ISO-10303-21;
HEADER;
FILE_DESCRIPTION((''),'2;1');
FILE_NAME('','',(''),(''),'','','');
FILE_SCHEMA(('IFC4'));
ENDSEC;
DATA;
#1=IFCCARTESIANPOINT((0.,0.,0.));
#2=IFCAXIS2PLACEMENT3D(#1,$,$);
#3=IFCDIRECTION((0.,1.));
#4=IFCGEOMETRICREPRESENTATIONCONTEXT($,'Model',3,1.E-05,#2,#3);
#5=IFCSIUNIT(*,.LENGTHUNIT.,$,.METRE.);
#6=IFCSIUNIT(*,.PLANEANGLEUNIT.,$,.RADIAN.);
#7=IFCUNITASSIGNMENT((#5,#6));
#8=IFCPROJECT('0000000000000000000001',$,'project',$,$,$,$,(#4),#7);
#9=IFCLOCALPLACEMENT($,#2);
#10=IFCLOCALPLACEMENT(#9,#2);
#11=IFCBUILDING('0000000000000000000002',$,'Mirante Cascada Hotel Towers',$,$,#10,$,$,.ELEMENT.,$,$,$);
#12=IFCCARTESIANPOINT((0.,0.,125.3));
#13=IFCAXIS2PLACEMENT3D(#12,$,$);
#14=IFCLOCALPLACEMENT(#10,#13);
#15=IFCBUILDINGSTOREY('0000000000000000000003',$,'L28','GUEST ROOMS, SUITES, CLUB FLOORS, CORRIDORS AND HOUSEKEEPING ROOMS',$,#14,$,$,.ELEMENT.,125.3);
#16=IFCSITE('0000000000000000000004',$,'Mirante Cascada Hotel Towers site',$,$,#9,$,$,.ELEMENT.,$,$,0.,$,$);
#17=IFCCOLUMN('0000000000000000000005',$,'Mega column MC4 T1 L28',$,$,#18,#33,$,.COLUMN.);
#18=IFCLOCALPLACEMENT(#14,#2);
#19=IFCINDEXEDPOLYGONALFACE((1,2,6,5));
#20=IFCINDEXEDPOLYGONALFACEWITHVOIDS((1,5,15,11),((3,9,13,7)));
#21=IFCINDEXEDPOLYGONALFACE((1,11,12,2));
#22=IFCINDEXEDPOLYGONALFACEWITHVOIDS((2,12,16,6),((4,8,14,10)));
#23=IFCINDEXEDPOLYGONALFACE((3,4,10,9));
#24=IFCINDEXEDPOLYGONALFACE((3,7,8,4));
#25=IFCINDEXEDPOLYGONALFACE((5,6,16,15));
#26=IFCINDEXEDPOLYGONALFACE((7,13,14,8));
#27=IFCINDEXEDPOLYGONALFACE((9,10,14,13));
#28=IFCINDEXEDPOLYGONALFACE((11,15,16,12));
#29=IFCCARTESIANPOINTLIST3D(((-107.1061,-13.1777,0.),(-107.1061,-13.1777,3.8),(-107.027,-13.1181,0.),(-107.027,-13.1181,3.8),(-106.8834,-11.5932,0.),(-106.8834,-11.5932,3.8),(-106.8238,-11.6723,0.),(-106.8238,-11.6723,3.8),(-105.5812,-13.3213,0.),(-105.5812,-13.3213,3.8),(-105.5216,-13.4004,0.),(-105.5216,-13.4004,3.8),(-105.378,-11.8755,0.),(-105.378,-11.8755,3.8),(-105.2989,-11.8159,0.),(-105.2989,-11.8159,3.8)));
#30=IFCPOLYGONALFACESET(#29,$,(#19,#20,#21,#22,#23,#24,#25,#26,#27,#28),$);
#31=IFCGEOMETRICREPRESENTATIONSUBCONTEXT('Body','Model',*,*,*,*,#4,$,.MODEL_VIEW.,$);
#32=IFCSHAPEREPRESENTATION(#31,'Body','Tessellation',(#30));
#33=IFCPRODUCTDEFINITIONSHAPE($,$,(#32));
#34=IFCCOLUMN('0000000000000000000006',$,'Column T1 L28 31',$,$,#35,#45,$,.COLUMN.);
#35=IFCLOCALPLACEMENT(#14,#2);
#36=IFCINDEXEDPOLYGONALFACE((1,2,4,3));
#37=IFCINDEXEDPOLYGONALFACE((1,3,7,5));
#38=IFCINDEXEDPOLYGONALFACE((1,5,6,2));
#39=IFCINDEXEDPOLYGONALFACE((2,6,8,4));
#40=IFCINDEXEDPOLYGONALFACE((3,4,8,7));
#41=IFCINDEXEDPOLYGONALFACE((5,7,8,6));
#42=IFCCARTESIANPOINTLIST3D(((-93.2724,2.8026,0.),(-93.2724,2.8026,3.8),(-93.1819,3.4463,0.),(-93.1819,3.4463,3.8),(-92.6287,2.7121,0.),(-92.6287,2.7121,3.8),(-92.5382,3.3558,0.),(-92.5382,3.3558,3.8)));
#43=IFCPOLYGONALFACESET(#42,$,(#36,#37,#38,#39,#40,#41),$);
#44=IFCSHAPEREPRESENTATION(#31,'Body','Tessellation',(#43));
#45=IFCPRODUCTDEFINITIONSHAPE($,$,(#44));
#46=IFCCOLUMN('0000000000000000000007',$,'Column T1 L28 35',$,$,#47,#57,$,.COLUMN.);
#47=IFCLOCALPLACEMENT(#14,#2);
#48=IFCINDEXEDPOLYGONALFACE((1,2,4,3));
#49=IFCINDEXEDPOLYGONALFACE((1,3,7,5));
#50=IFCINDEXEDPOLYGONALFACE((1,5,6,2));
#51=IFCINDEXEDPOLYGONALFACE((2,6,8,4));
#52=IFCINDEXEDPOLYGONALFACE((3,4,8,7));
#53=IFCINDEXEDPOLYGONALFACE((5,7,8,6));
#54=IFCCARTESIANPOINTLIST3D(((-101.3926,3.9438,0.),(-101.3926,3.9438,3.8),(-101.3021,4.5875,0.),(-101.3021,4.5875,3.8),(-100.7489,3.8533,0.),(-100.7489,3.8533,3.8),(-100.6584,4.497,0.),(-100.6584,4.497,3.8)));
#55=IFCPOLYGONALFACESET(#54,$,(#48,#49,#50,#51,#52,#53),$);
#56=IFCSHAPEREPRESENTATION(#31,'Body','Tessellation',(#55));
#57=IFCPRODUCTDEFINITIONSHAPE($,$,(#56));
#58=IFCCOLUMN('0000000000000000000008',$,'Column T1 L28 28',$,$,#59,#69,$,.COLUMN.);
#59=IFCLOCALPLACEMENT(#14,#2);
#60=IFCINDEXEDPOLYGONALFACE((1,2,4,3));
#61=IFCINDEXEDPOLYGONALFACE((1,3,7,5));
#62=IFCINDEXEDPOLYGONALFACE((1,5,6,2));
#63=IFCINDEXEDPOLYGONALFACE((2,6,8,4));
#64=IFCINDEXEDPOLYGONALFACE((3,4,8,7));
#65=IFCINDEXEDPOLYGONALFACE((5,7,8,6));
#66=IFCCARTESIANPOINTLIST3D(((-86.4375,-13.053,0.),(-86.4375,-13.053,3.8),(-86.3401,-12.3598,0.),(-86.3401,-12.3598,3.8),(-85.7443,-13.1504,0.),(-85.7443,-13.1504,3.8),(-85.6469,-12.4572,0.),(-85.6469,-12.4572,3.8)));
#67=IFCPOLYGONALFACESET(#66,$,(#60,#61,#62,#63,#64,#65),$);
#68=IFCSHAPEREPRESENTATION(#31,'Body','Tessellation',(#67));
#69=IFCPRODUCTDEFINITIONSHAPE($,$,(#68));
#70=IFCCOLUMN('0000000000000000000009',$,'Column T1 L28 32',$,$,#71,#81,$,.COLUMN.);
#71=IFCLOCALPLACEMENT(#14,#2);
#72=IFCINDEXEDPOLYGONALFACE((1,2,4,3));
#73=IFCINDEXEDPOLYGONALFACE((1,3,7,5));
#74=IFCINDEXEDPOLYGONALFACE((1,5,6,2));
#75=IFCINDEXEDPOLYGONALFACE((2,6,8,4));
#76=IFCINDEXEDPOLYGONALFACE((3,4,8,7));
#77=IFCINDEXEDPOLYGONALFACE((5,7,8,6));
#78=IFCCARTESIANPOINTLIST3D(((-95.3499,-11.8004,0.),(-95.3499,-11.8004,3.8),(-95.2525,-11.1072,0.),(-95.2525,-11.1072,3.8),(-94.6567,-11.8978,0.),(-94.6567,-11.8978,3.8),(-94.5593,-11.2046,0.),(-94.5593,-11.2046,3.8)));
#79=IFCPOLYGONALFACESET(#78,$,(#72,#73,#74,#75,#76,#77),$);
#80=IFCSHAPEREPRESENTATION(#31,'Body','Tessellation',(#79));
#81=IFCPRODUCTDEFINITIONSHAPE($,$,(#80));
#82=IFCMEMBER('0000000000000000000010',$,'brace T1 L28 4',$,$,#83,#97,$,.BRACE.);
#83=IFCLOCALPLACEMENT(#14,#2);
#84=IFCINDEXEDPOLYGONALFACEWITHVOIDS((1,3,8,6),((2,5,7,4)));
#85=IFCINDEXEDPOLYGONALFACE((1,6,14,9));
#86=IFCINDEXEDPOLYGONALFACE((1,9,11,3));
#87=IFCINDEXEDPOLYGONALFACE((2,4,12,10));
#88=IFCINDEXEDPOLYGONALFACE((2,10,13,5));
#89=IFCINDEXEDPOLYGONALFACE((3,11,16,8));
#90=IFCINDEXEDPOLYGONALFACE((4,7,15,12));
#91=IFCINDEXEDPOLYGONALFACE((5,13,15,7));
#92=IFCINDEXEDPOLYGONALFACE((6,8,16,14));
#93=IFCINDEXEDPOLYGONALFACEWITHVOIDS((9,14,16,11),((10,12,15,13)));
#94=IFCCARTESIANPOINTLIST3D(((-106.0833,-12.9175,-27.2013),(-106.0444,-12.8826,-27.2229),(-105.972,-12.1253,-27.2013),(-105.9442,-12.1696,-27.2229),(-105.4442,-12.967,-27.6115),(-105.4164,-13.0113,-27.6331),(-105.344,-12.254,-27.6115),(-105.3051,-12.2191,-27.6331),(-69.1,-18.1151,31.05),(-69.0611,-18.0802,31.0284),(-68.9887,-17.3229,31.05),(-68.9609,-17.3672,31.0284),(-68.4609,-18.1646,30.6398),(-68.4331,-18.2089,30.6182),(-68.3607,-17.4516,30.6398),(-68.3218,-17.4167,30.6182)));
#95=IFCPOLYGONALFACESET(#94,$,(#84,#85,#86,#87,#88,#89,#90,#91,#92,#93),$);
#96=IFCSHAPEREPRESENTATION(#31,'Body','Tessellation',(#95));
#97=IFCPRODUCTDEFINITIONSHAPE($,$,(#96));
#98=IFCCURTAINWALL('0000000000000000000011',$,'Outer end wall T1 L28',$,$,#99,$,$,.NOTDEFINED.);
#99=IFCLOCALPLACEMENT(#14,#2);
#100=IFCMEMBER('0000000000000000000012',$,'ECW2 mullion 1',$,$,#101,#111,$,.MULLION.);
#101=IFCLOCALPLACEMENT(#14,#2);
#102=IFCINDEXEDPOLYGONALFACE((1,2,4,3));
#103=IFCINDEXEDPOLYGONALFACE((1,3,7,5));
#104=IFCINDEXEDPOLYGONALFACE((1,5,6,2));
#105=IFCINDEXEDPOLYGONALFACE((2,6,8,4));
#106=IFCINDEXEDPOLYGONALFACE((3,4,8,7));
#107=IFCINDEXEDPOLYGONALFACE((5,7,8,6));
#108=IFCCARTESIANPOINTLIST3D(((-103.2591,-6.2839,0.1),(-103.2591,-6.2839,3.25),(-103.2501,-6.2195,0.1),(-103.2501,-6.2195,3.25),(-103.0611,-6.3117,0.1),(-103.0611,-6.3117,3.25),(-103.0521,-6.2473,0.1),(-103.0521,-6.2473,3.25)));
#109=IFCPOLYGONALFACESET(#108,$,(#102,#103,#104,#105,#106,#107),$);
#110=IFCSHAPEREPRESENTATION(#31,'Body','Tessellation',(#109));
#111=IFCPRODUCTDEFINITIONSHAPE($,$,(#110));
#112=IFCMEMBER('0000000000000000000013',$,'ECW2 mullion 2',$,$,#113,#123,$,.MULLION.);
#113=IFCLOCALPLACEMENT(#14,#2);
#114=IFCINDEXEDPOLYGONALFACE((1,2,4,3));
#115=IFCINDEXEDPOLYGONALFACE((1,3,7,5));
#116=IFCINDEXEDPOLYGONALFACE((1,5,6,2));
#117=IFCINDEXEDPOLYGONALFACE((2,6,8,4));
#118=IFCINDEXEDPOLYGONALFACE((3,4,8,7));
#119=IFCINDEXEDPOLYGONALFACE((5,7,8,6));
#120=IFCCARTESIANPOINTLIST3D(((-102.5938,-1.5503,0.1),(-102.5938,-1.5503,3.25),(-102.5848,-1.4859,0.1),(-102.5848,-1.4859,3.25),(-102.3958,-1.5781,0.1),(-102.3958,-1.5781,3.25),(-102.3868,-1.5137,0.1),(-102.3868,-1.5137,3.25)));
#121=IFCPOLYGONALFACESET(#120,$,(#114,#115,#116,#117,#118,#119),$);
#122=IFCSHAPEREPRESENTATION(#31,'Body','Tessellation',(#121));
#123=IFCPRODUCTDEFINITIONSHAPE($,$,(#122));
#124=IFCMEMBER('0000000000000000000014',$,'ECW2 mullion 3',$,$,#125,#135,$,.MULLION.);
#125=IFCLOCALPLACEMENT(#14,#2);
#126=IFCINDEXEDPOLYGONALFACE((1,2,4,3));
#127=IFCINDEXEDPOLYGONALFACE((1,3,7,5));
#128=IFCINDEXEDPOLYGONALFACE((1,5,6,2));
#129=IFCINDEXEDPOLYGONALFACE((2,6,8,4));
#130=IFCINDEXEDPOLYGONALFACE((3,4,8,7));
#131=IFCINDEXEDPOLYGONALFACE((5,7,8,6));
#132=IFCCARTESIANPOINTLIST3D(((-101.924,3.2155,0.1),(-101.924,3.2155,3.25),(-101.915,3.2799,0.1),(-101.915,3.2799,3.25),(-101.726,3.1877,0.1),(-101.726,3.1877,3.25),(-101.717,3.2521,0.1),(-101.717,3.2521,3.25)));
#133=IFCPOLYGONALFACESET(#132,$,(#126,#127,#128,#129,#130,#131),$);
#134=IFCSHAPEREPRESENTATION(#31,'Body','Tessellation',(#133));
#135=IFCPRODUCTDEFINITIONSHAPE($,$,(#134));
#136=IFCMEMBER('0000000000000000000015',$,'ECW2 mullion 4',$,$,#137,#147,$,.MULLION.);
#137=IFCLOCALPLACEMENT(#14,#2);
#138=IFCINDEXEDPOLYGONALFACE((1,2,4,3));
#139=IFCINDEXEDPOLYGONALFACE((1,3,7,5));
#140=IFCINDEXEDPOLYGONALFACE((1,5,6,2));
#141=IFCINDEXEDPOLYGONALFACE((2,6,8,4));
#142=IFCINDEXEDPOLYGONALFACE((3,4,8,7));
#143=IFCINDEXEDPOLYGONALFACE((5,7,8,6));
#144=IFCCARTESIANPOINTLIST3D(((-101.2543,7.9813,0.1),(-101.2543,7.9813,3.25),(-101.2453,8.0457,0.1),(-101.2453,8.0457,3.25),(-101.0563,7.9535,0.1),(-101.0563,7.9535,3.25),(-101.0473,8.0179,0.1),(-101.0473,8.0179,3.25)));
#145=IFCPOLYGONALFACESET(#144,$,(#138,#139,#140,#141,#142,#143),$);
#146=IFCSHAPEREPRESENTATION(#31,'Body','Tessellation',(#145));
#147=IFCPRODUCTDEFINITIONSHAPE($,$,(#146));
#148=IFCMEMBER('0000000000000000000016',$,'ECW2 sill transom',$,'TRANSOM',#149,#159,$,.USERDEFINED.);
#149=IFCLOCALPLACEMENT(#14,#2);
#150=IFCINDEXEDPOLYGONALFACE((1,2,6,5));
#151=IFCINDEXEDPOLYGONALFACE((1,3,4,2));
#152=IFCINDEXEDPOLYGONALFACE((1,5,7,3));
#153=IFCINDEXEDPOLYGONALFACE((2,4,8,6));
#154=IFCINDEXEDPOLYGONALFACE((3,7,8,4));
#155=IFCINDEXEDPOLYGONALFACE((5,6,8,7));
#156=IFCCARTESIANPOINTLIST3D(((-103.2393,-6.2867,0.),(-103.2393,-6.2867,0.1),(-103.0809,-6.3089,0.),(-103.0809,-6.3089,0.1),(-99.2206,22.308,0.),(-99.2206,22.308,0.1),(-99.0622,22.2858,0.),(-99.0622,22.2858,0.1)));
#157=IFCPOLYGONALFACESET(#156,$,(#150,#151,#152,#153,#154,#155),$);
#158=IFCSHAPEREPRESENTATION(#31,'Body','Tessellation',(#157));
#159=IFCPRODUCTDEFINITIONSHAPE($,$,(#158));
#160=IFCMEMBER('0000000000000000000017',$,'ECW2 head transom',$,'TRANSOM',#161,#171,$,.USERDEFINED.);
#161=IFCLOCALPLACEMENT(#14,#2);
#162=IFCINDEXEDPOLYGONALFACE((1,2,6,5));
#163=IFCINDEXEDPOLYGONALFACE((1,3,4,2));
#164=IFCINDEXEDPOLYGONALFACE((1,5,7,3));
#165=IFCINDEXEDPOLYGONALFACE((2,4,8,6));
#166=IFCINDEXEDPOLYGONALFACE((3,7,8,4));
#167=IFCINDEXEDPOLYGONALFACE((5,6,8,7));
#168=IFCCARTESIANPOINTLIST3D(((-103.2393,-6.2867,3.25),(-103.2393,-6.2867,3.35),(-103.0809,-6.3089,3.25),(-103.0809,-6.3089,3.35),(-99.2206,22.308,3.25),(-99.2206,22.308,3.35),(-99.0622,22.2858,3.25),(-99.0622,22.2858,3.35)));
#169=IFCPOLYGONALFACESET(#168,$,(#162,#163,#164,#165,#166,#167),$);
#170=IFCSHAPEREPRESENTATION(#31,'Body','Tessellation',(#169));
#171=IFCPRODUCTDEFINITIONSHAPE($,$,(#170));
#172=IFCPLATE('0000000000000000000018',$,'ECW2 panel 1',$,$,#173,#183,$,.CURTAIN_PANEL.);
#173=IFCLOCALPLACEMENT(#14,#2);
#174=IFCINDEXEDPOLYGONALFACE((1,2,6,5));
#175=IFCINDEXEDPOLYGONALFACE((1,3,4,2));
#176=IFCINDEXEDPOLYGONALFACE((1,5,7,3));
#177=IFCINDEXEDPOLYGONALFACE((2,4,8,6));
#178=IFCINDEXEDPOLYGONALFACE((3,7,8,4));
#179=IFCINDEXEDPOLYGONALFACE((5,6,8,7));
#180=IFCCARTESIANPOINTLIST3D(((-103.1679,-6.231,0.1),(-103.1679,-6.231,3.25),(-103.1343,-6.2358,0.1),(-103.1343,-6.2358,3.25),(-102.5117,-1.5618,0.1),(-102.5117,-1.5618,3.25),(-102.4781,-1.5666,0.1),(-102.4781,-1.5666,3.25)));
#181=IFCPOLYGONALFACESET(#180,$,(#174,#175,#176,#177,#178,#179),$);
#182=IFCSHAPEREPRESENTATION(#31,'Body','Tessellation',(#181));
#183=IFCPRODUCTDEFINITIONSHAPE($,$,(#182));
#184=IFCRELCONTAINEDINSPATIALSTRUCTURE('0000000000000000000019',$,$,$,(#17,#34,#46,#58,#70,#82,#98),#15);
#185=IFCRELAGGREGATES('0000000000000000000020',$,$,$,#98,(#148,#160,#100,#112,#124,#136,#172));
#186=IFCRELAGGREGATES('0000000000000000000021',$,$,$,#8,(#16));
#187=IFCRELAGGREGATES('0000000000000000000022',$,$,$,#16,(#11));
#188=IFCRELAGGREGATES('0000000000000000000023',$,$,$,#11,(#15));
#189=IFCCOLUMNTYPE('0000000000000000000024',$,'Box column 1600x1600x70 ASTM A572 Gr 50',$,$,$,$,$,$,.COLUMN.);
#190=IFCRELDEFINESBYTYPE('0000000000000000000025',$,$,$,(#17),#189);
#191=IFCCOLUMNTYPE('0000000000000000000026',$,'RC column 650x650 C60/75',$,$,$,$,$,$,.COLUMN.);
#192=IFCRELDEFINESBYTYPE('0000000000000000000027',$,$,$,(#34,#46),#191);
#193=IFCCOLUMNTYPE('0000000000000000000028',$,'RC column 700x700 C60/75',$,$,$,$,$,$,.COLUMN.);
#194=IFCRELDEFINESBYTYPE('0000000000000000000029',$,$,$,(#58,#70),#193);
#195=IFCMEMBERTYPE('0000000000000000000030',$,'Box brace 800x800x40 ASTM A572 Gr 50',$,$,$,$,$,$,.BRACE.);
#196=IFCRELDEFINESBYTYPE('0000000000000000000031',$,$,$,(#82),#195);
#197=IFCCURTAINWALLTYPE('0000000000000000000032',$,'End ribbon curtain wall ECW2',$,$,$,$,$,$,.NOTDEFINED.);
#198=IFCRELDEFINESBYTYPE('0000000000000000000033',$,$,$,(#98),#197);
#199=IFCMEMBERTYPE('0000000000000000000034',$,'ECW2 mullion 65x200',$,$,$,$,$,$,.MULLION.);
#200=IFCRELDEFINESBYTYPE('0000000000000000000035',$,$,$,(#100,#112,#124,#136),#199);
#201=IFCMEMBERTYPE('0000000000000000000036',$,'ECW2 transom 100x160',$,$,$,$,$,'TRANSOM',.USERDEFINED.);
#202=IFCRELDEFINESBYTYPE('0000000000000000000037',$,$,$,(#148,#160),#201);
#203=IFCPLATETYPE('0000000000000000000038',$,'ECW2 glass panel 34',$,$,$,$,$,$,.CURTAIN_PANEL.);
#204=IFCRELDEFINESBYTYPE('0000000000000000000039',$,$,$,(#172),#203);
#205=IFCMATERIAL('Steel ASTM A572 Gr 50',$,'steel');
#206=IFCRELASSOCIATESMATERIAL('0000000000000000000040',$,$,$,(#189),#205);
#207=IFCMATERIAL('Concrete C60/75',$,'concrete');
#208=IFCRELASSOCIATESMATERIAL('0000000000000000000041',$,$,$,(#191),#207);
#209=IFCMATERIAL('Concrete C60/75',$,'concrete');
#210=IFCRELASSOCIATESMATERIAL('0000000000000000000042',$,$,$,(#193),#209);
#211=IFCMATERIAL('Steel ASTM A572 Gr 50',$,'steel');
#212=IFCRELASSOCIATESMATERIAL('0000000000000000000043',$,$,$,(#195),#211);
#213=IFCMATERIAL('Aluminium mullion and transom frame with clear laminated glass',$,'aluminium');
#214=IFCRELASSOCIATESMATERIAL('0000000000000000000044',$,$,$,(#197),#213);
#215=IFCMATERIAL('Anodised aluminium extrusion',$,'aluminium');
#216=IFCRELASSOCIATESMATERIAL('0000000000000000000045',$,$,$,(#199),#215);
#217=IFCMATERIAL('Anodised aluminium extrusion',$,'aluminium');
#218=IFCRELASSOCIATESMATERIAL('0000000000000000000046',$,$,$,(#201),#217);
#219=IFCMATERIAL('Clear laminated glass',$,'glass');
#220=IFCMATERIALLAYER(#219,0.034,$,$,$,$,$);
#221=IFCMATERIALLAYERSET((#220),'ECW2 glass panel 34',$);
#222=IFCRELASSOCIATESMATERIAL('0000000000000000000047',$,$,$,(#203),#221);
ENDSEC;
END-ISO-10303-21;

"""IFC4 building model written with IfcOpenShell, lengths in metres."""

from ifc_helpers import new_model, si_unit, direction, frame, origin, origin_2d, place, context, subcontext, project, spatial, rectangle, hollow_rectangle, extrude, material, layer, layer_set, material_profile, profile_set, type_object, element, aggregate, save


model = new_model("IFC4")

# Units and contexts
model_context = context("Model", 3, precision=1e-05, world=origin(), true_north=direction((0.0, 1.0)))
body_context = subcontext(model_context, "Body", "Model", "MODEL_VIEW")
ifc_project = project(units=[si_unit("LENGTHUNIT", "METRE"), si_unit("PLANEANGLEUNIT", "RADIAN")], contexts=[model_context])

# Site, building, storey
site_placement = place(None, origin())
site = spatial("IfcSite", under=ifc_project, at=site_placement, Name="Mirante Cascada Hotel Towers site", CompositionType="ELEMENT", RefElevation=0.0)
building_placement = place(site_placement, origin())
building = spatial("IfcBuilding", under=site, at=building_placement, Name="Mirante Cascada Hotel Towers", CompositionType="ELEMENT")
storey_placement = place(building_placement, frame((0.0, 0.0, 125.3)))
storey = spatial("IfcBuildingStorey", under=building, at=storey_placement, Name="L28", Description="GUEST ROOMS, SUITES, CLUB FLOORS, CORRIDORS AND HOUSEKEEPING ROOMS", CompositionType="ELEMENT", Elevation=125.3)

# Columns
ifc_material_1 = material(Name="Steel ASTM A572 Gr 50", Category="steel")
ifc_material_profile_1 = material_profile(ifc_material_1, hollow_rectangle(XDim=1.6, YDim=1.6, WallThickness=0.07, at=origin_2d()), Name="Box column 1600x1600x70 ASTM A572 Gr 50")
ifc_profile_set_1 = profile_set([ifc_material_profile_1], Name="Steel ASTM A572 Gr 50")
column_type_1 = type_object("IfcColumnType", Name="Box column 1600x1600x70 ASTM A572 Gr 50", PredefinedType="COLUMN", material=ifc_profile_set_1)
column_placement = place(storey_placement, frame((-106.2025, -12.4968, 0.0), z_axis=(0.0, 0.0, 1.0), x_axis=(-0.990268, 0.139173, 0.0)))
element("IfcColumn", 1, at=column_placement, inside=storey, type_object=column_type_1, Name="Mega column MC4 T1 L28", PredefinedType="COLUMN", context=body_context, shape_type="SweptSolid", body=[
    extrude(hollow_rectangle(XDim=1.6, YDim=1.6, WallThickness=0.07, at=origin_2d()), origin(), (0.0, 0.0, 1.0), 3.8),
])
ifc_material_2 = material(Name="Concrete C60/75", Category="concrete")
ifc_material_profile_2 = material_profile(ifc_material_2, rectangle(XDim=0.65, YDim=0.65, at=origin_2d()), Name="RC column 650x650 C60/75")
ifc_profile_set_2 = profile_set([ifc_material_profile_2], Name="Concrete C60/75")
column_type_2 = type_object("IfcColumnType", Name="RC column 650x650 C60/75", PredefinedType="COLUMN", material=ifc_profile_set_2)
for number, where, z_axis, x_axis, name in (
    (2, (-92.9053, 3.0792, 0.0), (0.0, 0.0, 1.0), (-0.990268, 0.139173, 0.0), "Column T1 L28 31"),
    (3, (-101.0255, 4.2204, 0.0), (0.0, 0.0, 1.0), (-0.990268, 0.139173, 0.0), "Column T1 L28 35"),
):
    element("IfcColumn", number, at=place(storey_placement, frame(where, z_axis=z_axis, x_axis=x_axis)), inside=storey, type_object=column_type_2, Name=name, PredefinedType="COLUMN", context=body_context, shape_type="SweptSolid", body=[
        extrude(rectangle(XDim=0.65, YDim=0.65, at=origin_2d()), origin(), (0.0, 0.0, 1.0), 3.8),
    ])
ifc_material_3 = material(Name="Concrete C60/75", Category="concrete")
ifc_material_profile_3 = material_profile(ifc_material_3, rectangle(XDim=0.7, YDim=0.7, at=origin_2d()), Name="RC column 700x700 C60/75")
ifc_profile_set_3 = profile_set([ifc_material_profile_3], Name="Concrete C60/75")
column_type_3 = type_object("IfcColumnType", Name="RC column 700x700 C60/75", PredefinedType="COLUMN", material=ifc_profile_set_3)
for number, where, z_axis, x_axis, name in (
    (4, (-86.0422, -12.7551, 0.0), (0.0, 0.0, 1.0), (-0.990268, 0.139173, 0.0), "Column T1 L28 28"),
    (5, (-94.9546, -11.5025, 0.0), (0.0, 0.0, 1.0), (-0.990268, 0.139173, 0.0), "Column T1 L28 32"),
):
    element("IfcColumn", number, at=place(storey_placement, frame(where, z_axis=z_axis, x_axis=x_axis)), inside=storey, type_object=column_type_3, Name=name, PredefinedType="COLUMN", context=body_context, shape_type="SweptSolid", body=[
        extrude(rectangle(XDim=0.7, YDim=0.7, at=origin_2d()), origin(), (0.0, 0.0, 1.0), 3.8),
    ])

# Member
ifc_material_4 = material(Name="Steel ASTM A572 Gr 50", Category="steel")
ifc_material_profile_4 = material_profile(ifc_material_4, hollow_rectangle(XDim=0.8, YDim=0.8, WallThickness=0.04, at=origin_2d()), Name="Box brace 800x800x40 ASTM A572 Gr 50")
ifc_profile_set_4 = profile_set([ifc_material_profile_4], Name="Steel ASTM A572 Gr 50")
member_type_1 = type_object("IfcMemberType", Name="Box brace 800x800x40 ASTM A572 Gr 50", PredefinedType="BRACE", material=ifc_profile_set_4)
member_1_placement = place(storey_placement, frame((-105.6942, -12.5683, -27.4172), z_axis=(0.534477, -0.075115, 0.841839), x_axis=(0.139171, 0.990268, 0.0)))
element("IfcMember", 6, at=member_1_placement, inside=storey, type_object=member_type_1, Name="brace T1 L28 4", PredefinedType="BRACE", context=body_context, shape_type="SweptSolid", body=[
    extrude(hollow_rectangle(XDim=0.8, YDim=0.8, WallThickness=0.04, at=origin_2d()), origin(), (0.0, 0.0, 1.0), 69.1953),
])

# Curtain wall, members, plate
ifc_material_5 = material(Name="Aluminium mullion and transom frame with clear laminated glass", Category="aluminium")
curtain_wall_type = type_object("IfcCurtainWallType", Name="End ribbon curtain wall ECW2", PredefinedType="NOTDEFINED", material=ifc_material_5)
curtain_wall_placement = place(storey_placement, origin())
curtain_wall = element("IfcCurtainWall", 7, at=curtain_wall_placement, inside=storey, type_object=curtain_wall_type, Name="Outer end wall T1 L28", PredefinedType="NOTDEFINED")
ifc_material_6 = material(Name="Anodised aluminium extrusion", Category="aluminium")
ifc_material_profile_5 = material_profile(ifc_material_6, rectangle(XDim=0.2, YDim=0.065, at=origin_2d()), Name="ECW2 MULLION 65x200")
ifc_profile_set_5 = profile_set([ifc_material_profile_5], Name="Anodised aluminium extrusion")
member_type_2 = type_object("IfcMemberType", Name="ECW2 mullion 65x200", PredefinedType="MULLION", material=ifc_profile_set_5)
member_2_placement = place(storey_placement, frame((-103.1556, -6.2656, 0.1), z_axis=(0.0, 0.0, 1.0), x_axis=(-0.990268, 0.139173, 0.0)))
member_2 = element("IfcMember", 8, at=member_2_placement, type_object=member_type_2, Name="ECW2 mullion 1", PredefinedType="MULLION", context=body_context, shape_type="SweptSolid", body=[
    extrude(rectangle(XDim=0.2, YDim=0.065, at=origin_2d()), origin(), (0.0, 0.0, 1.0), 3.15),
])
member_3_placement = place(storey_placement, frame((-102.4903, -1.532, 0.1), z_axis=(0.0, 0.0, 1.0), x_axis=(-0.990268, 0.139173, 0.0)))
member_3 = element("IfcMember", 9, at=member_3_placement, type_object=member_type_2, Name="ECW2 mullion 2", PredefinedType="MULLION", context=body_context, shape_type="SweptSolid", body=[
    extrude(rectangle(XDim=0.2, YDim=0.065, at=origin_2d()), origin(), (0.0, 0.0, 1.0), 3.15),
])
member_4_placement = place(storey_placement, frame((-101.8205, 3.2338, 0.1), z_axis=(0.0, 0.0, 1.0), x_axis=(-0.990268, 0.139173, 0.0)))
member_4 = element("IfcMember", 10, at=member_4_placement, type_object=member_type_2, Name="ECW2 mullion 3", PredefinedType="MULLION", context=body_context, shape_type="SweptSolid", body=[
    extrude(rectangle(XDim=0.2, YDim=0.065, at=origin_2d()), origin(), (0.0, 0.0, 1.0), 3.15),
])
member_5_placement = place(storey_placement, frame((-101.1508, 7.9996, 0.1), z_axis=(0.0, 0.0, 1.0), x_axis=(-0.990268, 0.139173, 0.0)))
member_5 = element("IfcMember", 11, at=member_5_placement, type_object=member_type_2, Name="ECW2 mullion 4", PredefinedType="MULLION", context=body_context, shape_type="SweptSolid", body=[
    extrude(rectangle(XDim=0.2, YDim=0.065, at=origin_2d()), origin(), (0.0, 0.0, 1.0), 3.15),
])
ifc_material_7 = material(Name="Anodised aluminium extrusion", Category="aluminium")
ifc_material_profile_6 = material_profile(ifc_material_7, rectangle(XDim=0.16, YDim=0.1, at=origin_2d()), Name="ECW2 TRANSOM 100x160")
ifc_profile_set_6 = profile_set([ifc_material_profile_6], Name="Anodised aluminium extrusion")
member_type_3 = type_object("IfcMemberType", Name="ECW2 transom 100x160", ElementType="TRANSOM", PredefinedType="USERDEFINED", material=ifc_profile_set_6)
member_6_placement = place(storey_placement, frame((-103.1601, -6.2978, 0.05), z_axis=(0.139172, 0.990268, 0.0), x_axis=(-0.990268, 0.139172, 0.0)))
member_6 = element("IfcMember", 12, at=member_6_placement, type_object=member_type_3, Name="ECW2 sill transom", ObjectType="TRANSOM", PredefinedType="USERDEFINED", context=body_context, shape_type="SweptSolid", body=[
    extrude(rectangle(XDim=0.16, YDim=0.1, at=origin_2d()), origin(), (0.0, 0.0, 1.0), 28.8757),
])
member_7_placement = place(storey_placement, frame((-103.1601, -6.2978, 3.3), z_axis=(0.139172, 0.990268, 0.0), x_axis=(-0.990268, 0.139172, 0.0)))
member_7 = element("IfcMember", 13, at=member_7_placement, type_object=member_type_3, Name="ECW2 head transom", ObjectType="TRANSOM", PredefinedType="USERDEFINED", context=body_context, shape_type="SweptSolid", body=[
    extrude(rectangle(XDim=0.16, YDim=0.1, at=origin_2d()), origin(), (0.0, 0.0, 1.0), 28.8757),
])
ifc_material_8 = material(Name="Clear laminated glass", Category="glass")
ifc_layer_1 = layer(ifc_material_8, 0.034)
ifc_layer_set_1 = layer_set([ifc_layer_1], Name="ECW2 glass panel 34")
plate_type_1 = type_object("IfcPlateType", Name="ECW2 glass panel 34", PredefinedType="CURTAIN_PANEL", material=ifc_layer_set_1)
plate_1_placement = place(storey_placement, frame((-102.823, -3.8988, 0.1), z_axis=(0.0, 0.0, 1.0), x_axis=(0.139173, 0.990268, 0.0)))
plate_1 = element("IfcPlate", 14, at=plate_1_placement, type_object=plate_type_1, Name="ECW2 panel 1", PredefinedType="CURTAIN_PANEL", context=body_context, shape_type="SweptSolid", body=[
    extrude(rectangle(XDim=4.7151, YDim=0.034, at=origin_2d()), origin(), (0.0, 0.0, 1.0), 3.15),
])
aggregate(curtain_wall, [member_6, member_7, member_2, member_3, member_4, member_5, plate_1])

save(model, "model.ifc")
